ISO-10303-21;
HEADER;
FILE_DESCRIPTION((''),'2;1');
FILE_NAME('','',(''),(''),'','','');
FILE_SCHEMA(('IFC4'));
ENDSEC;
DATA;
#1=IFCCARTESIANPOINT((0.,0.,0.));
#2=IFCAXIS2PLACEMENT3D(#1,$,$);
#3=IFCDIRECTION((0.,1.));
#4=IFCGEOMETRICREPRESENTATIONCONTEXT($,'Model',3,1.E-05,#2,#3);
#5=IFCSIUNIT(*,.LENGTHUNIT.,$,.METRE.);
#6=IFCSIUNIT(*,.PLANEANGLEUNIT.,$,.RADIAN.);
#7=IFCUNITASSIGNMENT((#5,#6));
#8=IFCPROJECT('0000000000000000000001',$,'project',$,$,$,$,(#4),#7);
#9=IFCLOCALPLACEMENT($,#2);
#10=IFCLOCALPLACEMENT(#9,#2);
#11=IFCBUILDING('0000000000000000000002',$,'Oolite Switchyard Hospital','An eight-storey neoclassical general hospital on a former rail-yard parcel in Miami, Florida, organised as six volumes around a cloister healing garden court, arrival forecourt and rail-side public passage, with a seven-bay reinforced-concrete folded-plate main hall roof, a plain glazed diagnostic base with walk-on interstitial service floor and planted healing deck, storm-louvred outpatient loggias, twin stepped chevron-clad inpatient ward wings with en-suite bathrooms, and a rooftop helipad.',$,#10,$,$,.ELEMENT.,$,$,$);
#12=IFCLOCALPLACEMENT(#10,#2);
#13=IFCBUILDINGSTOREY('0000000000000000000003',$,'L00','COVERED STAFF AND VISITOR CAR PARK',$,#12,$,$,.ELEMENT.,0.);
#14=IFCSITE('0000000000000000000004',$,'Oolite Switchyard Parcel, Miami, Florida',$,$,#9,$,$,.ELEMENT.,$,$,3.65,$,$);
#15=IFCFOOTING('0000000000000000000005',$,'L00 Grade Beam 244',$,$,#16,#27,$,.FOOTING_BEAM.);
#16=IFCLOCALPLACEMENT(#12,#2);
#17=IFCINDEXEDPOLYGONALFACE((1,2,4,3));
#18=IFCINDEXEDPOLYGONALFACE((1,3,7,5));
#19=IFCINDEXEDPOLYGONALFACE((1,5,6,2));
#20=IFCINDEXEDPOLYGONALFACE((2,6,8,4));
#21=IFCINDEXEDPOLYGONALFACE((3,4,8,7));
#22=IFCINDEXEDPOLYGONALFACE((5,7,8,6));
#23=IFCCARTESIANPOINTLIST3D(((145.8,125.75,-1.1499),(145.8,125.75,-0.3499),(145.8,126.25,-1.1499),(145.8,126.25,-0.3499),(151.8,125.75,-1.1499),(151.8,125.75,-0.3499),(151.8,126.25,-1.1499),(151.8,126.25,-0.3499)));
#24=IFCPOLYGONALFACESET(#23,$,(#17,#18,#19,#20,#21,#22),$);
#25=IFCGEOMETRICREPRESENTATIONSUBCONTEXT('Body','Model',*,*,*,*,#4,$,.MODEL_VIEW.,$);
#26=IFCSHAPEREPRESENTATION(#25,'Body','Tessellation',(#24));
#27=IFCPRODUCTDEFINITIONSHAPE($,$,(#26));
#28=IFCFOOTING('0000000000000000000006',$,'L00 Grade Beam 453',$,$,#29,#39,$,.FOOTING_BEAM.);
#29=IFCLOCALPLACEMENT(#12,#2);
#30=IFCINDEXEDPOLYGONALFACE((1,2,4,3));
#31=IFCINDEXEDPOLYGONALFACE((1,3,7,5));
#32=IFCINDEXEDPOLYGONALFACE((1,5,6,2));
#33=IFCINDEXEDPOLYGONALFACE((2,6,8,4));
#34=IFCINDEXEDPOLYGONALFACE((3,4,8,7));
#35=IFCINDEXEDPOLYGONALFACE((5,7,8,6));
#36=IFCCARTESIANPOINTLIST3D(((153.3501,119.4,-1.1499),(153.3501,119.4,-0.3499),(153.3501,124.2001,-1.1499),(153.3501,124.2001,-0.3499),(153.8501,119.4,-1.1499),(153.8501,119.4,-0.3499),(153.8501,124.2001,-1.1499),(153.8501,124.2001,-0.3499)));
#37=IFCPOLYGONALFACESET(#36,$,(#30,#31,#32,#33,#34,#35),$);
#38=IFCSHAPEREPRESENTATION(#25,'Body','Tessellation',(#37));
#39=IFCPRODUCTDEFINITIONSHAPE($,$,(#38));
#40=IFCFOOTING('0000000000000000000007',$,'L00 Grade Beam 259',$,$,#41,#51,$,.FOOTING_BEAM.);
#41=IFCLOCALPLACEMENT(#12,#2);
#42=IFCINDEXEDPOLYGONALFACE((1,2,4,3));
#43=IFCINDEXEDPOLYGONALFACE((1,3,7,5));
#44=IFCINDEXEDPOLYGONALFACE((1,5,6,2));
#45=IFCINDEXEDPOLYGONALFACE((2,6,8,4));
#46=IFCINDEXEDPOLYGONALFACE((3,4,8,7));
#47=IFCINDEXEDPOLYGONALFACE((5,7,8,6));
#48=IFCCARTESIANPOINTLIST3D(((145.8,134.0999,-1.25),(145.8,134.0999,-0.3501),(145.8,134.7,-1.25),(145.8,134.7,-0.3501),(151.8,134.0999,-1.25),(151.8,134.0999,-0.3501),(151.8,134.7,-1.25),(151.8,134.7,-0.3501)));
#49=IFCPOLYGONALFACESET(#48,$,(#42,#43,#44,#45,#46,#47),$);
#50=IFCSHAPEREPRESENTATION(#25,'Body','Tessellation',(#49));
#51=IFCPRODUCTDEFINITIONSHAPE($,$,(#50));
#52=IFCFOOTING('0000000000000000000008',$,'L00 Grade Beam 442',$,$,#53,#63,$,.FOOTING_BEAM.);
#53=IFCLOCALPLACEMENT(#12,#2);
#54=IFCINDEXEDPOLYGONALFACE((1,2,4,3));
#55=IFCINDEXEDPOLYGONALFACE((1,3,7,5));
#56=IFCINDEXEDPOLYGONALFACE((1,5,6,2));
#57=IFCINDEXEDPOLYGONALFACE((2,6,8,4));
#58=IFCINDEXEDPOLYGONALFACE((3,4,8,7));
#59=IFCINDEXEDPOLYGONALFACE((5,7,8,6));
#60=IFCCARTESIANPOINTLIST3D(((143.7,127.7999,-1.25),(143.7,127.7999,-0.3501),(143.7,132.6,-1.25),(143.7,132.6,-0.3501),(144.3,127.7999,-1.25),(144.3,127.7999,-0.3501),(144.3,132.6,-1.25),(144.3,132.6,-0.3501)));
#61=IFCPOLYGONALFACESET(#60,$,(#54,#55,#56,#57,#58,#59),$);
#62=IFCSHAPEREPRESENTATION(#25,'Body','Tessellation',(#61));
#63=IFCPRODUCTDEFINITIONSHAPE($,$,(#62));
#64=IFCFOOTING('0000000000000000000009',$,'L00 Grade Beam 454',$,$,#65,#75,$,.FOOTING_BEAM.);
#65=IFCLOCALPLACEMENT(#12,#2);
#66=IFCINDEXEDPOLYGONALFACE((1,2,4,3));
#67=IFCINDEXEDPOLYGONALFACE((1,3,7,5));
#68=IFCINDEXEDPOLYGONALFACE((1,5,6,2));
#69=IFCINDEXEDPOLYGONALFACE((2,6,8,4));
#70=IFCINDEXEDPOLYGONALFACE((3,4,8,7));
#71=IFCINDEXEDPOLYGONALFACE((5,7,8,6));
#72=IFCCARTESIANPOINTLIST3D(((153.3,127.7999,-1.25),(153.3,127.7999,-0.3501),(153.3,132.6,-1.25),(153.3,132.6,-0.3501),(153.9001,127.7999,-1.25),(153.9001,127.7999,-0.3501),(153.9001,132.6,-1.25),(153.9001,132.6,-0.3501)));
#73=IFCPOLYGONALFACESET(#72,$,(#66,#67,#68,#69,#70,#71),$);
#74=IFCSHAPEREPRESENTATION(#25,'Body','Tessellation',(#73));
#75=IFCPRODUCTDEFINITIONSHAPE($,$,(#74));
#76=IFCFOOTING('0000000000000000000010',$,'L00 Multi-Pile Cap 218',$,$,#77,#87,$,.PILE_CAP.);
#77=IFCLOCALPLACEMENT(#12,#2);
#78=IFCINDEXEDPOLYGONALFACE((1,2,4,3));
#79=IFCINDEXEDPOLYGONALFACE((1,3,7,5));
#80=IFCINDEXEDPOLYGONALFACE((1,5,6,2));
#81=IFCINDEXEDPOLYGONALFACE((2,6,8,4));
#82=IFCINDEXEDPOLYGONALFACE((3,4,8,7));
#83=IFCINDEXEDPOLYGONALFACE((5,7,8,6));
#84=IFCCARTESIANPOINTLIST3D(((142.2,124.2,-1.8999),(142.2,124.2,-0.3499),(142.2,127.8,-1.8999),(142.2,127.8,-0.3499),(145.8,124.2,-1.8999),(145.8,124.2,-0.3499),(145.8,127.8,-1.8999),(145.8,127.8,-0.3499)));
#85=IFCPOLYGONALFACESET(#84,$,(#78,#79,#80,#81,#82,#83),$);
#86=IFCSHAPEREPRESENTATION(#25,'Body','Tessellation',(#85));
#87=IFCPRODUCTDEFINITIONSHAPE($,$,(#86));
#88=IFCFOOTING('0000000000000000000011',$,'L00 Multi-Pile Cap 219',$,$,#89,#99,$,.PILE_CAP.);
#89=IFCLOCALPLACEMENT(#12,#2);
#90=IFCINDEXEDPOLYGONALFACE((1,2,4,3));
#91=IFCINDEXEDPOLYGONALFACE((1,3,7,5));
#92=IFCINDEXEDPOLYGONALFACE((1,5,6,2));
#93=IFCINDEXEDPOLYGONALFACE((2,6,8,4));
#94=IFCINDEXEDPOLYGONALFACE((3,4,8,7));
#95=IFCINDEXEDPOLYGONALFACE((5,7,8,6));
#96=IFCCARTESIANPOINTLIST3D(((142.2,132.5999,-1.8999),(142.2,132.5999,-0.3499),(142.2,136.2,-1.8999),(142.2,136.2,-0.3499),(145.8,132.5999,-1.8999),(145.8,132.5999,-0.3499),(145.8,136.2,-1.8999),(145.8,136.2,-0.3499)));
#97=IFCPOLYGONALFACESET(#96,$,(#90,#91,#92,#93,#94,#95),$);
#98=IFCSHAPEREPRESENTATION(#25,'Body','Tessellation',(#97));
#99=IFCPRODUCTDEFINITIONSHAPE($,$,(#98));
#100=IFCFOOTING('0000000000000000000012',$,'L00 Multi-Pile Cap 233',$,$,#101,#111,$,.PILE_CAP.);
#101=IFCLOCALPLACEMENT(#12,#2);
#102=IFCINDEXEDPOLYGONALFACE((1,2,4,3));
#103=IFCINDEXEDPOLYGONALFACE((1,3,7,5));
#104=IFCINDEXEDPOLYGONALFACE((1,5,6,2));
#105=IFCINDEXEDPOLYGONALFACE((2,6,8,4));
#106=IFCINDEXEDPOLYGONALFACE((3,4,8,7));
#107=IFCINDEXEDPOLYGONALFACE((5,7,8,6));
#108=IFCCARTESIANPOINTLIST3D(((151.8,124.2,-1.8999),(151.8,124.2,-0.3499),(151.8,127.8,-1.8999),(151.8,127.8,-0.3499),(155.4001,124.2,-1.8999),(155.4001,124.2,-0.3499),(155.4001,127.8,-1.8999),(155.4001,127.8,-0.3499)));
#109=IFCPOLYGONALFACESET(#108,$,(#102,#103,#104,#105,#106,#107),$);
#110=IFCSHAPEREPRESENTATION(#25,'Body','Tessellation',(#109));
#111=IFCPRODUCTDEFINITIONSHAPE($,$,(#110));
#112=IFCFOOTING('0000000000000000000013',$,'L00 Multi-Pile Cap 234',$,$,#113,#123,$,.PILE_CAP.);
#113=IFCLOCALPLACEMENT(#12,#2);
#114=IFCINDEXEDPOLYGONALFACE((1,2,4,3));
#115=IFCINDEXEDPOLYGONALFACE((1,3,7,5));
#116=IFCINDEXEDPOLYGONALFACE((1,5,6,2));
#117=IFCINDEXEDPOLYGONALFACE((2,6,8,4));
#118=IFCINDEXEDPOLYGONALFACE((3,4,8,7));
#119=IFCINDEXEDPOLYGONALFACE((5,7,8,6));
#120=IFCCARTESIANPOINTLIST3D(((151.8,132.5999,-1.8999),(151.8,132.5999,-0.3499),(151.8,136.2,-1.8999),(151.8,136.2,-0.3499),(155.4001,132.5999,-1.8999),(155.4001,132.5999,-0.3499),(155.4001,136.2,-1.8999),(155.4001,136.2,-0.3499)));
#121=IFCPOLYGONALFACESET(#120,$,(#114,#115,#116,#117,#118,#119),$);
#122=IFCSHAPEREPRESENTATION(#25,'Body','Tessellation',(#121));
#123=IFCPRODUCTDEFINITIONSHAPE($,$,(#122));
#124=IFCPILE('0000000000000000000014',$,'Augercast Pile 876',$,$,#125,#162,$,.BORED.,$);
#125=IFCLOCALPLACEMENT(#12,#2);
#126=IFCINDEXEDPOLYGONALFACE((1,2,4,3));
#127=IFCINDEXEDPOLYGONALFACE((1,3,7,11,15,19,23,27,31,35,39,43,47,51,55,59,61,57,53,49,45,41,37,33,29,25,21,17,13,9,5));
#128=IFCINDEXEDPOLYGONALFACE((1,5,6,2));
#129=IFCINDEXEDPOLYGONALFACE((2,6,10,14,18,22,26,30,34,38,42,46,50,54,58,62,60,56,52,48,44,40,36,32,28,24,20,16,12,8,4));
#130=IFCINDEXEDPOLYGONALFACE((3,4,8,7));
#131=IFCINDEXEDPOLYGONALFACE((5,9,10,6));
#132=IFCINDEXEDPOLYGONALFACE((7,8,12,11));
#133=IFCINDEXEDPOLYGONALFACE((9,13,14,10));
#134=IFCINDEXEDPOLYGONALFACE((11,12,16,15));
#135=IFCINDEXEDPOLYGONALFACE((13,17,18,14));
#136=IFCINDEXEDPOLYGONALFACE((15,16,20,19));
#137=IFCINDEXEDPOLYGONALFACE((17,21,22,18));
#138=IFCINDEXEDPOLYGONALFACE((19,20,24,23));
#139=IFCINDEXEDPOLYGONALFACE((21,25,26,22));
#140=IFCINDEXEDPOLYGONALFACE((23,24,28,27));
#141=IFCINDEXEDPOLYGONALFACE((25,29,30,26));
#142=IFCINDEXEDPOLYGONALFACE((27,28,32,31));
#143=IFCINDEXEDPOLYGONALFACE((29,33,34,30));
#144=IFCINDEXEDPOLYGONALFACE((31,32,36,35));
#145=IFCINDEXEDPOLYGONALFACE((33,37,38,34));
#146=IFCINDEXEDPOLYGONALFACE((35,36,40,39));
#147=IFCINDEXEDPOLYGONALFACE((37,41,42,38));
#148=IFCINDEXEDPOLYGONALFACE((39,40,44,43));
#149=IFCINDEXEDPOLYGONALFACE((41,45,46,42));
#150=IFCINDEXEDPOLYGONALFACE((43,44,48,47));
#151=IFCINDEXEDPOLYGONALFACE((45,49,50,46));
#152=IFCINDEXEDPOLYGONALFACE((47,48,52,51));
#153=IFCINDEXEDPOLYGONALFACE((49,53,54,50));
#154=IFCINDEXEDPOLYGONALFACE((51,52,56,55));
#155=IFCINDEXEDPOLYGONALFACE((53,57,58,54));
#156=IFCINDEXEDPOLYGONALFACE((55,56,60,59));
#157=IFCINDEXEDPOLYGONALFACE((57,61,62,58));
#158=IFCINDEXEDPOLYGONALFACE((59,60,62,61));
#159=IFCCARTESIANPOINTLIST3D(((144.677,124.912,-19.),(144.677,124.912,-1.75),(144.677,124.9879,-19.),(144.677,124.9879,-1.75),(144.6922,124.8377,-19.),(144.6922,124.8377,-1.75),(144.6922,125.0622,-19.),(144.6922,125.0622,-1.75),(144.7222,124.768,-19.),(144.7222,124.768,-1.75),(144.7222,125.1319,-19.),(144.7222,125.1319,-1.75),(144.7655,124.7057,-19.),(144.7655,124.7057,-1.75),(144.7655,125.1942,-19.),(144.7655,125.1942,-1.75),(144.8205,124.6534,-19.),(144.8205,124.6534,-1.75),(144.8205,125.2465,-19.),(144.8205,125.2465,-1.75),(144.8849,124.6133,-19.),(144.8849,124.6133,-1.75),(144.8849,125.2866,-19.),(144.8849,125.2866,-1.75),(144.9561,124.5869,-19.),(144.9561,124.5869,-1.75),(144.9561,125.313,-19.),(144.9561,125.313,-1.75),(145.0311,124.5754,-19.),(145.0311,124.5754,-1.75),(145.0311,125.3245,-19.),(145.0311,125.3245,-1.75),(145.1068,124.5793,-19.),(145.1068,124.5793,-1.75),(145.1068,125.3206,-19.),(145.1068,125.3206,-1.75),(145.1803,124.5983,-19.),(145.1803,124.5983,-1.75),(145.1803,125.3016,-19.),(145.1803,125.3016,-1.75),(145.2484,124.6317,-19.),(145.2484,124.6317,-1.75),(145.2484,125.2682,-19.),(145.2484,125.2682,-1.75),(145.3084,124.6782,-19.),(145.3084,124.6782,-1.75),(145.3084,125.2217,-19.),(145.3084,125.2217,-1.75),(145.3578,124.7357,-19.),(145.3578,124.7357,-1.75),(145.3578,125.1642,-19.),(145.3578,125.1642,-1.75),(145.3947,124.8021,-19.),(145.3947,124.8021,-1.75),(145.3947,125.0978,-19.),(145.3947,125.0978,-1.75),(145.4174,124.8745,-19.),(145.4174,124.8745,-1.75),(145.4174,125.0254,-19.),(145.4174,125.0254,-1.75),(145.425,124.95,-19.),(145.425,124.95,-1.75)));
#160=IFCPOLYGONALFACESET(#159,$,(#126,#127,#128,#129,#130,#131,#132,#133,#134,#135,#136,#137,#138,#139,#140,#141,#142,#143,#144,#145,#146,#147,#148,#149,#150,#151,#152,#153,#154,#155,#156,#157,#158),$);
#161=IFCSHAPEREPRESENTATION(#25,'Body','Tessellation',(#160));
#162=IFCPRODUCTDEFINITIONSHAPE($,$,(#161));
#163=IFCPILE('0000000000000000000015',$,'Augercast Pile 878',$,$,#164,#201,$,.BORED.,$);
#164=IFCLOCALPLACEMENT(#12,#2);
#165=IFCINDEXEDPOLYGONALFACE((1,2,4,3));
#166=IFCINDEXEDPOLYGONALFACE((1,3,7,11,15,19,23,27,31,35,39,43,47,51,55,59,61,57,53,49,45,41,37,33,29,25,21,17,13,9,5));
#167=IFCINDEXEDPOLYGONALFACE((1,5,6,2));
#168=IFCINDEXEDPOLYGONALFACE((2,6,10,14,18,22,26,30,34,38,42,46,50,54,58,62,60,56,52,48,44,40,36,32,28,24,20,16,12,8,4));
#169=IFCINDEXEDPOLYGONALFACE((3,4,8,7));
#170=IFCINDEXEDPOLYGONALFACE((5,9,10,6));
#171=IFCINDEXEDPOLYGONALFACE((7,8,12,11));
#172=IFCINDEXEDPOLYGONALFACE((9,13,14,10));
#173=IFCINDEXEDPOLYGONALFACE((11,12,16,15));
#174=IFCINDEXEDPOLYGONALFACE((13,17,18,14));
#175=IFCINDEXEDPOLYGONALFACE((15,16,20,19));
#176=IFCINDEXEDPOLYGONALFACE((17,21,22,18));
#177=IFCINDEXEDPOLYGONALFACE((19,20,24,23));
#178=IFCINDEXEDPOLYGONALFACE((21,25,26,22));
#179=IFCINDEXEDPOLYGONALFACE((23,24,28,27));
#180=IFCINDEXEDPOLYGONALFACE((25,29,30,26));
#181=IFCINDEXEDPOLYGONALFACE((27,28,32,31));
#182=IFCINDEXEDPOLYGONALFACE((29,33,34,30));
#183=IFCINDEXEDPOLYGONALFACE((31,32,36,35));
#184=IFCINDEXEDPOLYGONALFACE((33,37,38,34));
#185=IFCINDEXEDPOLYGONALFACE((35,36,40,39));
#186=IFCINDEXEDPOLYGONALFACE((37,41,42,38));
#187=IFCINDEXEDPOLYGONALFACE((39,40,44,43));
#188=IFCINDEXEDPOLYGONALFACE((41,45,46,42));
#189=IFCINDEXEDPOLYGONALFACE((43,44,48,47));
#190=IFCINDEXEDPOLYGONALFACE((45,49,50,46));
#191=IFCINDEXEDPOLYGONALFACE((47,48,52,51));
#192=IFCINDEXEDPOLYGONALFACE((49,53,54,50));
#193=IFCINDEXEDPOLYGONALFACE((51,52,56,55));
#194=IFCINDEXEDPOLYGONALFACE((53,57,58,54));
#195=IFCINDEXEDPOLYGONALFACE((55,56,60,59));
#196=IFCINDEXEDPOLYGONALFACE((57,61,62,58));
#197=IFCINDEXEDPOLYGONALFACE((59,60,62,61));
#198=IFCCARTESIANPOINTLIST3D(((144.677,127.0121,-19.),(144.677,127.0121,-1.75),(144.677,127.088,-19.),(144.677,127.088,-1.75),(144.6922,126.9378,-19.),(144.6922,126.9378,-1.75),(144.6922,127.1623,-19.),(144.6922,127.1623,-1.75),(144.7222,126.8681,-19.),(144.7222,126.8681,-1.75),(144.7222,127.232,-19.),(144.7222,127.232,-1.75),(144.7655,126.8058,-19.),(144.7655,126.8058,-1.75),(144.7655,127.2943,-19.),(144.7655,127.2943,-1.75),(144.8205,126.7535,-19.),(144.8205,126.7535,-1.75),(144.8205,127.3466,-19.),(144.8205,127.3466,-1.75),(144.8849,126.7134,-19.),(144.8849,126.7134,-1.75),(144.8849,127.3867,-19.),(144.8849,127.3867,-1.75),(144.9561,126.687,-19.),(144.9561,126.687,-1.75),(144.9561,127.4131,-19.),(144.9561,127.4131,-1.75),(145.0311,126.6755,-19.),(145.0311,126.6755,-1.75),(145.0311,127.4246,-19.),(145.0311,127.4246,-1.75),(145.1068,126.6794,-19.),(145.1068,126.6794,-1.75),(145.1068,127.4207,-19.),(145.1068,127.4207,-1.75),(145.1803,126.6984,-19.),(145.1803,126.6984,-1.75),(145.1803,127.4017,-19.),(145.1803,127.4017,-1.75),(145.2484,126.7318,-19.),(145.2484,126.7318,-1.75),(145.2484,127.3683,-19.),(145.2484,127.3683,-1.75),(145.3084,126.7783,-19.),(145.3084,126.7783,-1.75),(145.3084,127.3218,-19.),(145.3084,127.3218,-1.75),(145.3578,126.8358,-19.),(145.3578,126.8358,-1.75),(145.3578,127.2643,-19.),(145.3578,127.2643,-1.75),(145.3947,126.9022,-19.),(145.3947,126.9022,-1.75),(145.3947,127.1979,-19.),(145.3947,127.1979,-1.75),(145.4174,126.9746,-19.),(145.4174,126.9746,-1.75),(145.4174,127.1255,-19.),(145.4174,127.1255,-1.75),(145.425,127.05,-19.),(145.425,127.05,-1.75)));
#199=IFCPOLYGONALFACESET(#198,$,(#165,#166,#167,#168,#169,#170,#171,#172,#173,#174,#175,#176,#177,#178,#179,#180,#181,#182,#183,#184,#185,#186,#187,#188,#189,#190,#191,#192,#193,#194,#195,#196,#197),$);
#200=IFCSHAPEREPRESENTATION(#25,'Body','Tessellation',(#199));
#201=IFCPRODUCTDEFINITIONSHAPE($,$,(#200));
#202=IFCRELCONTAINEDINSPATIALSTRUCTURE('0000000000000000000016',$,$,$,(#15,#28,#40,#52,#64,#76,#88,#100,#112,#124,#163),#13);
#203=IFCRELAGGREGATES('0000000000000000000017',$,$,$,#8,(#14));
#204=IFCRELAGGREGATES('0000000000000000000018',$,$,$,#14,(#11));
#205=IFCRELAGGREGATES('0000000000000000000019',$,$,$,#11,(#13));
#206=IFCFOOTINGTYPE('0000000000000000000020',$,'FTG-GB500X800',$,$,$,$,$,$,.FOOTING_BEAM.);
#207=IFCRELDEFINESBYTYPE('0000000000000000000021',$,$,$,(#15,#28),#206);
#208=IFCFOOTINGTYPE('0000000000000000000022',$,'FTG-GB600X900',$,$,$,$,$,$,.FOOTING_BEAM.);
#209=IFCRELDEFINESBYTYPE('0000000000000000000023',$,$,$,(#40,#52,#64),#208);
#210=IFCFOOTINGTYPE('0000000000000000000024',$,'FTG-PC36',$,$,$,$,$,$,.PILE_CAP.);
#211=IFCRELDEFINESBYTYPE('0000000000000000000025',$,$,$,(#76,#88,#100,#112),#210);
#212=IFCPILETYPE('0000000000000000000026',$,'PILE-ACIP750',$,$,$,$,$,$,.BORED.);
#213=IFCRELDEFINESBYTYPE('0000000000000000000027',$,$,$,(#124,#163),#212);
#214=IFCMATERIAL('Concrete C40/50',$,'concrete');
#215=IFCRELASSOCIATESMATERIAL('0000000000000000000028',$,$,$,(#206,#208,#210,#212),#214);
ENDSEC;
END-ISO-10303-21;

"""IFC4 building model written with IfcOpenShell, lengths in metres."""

from ifc_helpers import new_model, si_unit, direction, frame, origin, origin_2d, place, context, subcontext, project, spatial, rectangle, circle, extrude, material, material_profile, profile_set, type_object, element, save


model = new_model("IFC4")

# Units and contexts
model_context = context("Model", 3, precision=1e-05, world=origin(), true_north=direction((0.0, 1.0)))
body_context = subcontext(model_context, "Body", "Model", "MODEL_VIEW")
ifc_project = project(units=[si_unit("LENGTHUNIT", "METRE"), si_unit("PLANEANGLEUNIT", "RADIAN")], contexts=[model_context])

# Site, building, storey
site_placement = place(None, origin())
site = spatial("IfcSite", under=ifc_project, at=site_placement, Name="Oolite Switchyard Parcel, Miami, Florida", CompositionType="ELEMENT", RefElevation=3.65)
building_placement = place(site_placement, origin())
building = spatial("IfcBuilding", under=site, at=building_placement, Name="Oolite Switchyard Hospital", Description="An eight-storey neoclassical general hospital on a former rail-yard parcel in Miami, Florida, organised as six volumes around a cloister healing garden court, arrival forecourt and rail-side public passage, with a seven-bay reinforced-concrete folded-plate main hall roof, a plain glazed diagnostic base with walk-on interstitial service floor and planted healing deck, storm-louvred outpatient loggias, twin stepped chevron-clad inpatient ward wings with en-suite bathrooms, and a rooftop helipad.", CompositionType="ELEMENT")
storey_placement = place(building_placement, origin())
storey = spatial("IfcBuildingStorey", under=building, at=storey_placement, Name="L00", Description="COVERED STAFF AND VISITOR CAR PARK", CompositionType="ELEMENT", Elevation=0.0)

# Footings
ifc_material_1 = material(Name="Concrete C40/50", Category="concrete")
footing_type_1 = type_object("IfcFootingType", Name="FTG-GB500X800", PredefinedType="FOOTING_BEAM", material=ifc_material_1)
footing_1_placement = place(storey_placement, frame((148.8, 126.0, -1.1499), z_axis=(0.0, 0.0, 1.0), x_axis=(1.0, 0.0, 0.0)))
element("IfcFooting", 1, at=footing_1_placement, inside=storey, type_object=footing_type_1, Name="L00 Grade Beam 244", PredefinedType="FOOTING_BEAM", context=body_context, shape_type="SweptSolid", body=[
    extrude(rectangle(XDim=6.0, YDim=0.5, at=origin_2d()), origin(), (0.0, 0.0, 1.0), 0.8),
])
footing_2_placement = place(storey_placement, frame((153.6001, 121.8, -1.1499), z_axis=(0.0, 0.0, 1.0), x_axis=(0.0, 1.0, 0.0)))
element("IfcFooting", 2, at=footing_2_placement, inside=storey, type_object=footing_type_1, Name="L00 Grade Beam 453", PredefinedType="FOOTING_BEAM", context=body_context, shape_type="SweptSolid", body=[
    extrude(rectangle(XDim=4.8, YDim=0.5, at=origin_2d()), origin(), (0.0, 0.0, 1.0), 0.8),
])
footing_type_2 = type_object("IfcFootingType", Name="FTG-GB600X900", PredefinedType="FOOTING_BEAM", material=ifc_material_1)
footing_3_placement = place(storey_placement, frame((148.8, 134.3999, -1.25), z_axis=(0.0, 0.0, 1.0), x_axis=(1.0, 0.0, 0.0)))
element("IfcFooting", 3, at=footing_3_placement, inside=storey, type_object=footing_type_2, Name="L00 Grade Beam 259", PredefinedType="FOOTING_BEAM", context=body_context, shape_type="SweptSolid", body=[
    extrude(rectangle(XDim=6.0, YDim=0.6001, at=origin_2d()), origin(), (0.0, 0.0, 1.0), 0.8999),
])
for number, where, z_axis, x_axis, name in (
    (4, (144.0, 130.2, -1.25), (0.0, 0.0, 1.0), (0.0, 1.0, 0.0), "L00 Grade Beam 442"),
    (5, (153.6001, 130.2, -1.25), (0.0, 0.0, 1.0), (0.0, 1.0, 0.0), "L00 Grade Beam 454"),
):
    element("IfcFooting", number, at=place(storey_placement, frame(where, z_axis=z_axis, x_axis=x_axis)), inside=storey, type_object=footing_type_2, Name=name, PredefinedType="FOOTING_BEAM", context=body_context, shape_type="SweptSolid", body=[
        extrude(rectangle(XDim=4.8, YDim=0.6001, at=origin_2d()), origin(), (0.0, 0.0, 1.0), 0.8999),
    ])
footing_type_3 = type_object("IfcFootingType", Name="FTG-PC36", PredefinedType="PILE_CAP", material=ifc_material_1)
for number, where, z_axis, x_axis, name in (
    (6, (144.0, 126.0, -1.8999), (0.0, 0.0, 1.0), (1.0, 0.0, 0.0), "L00 Multi-Pile Cap 218"),
    (7, (144.0, 134.3999, -1.8999), (0.0, 0.0, 1.0), (1.0, 0.0, 0.0), "L00 Multi-Pile Cap 219"),
    (8, (153.6001, 126.0, -1.8999), (0.0, 0.0, 1.0), (1.0, 0.0, 0.0), "L00 Multi-Pile Cap 233"),
    (9, (153.6001, 134.3999, -1.8999), (0.0, 0.0, 1.0), (1.0, 0.0, 0.0), "L00 Multi-Pile Cap 234"),
):
    element("IfcFooting", number, at=place(storey_placement, frame(where, z_axis=z_axis, x_axis=x_axis)), inside=storey, type_object=footing_type_3, Name=name, PredefinedType="PILE_CAP", context=body_context, shape_type="SweptSolid", body=[
        extrude(rectangle(XDim=3.6001, YDim=3.6001, at=origin_2d()), origin(), (0.0, 0.0, 1.0), 1.55),
    ])

# Piles
ifc_material_profile_1 = material_profile(ifc_material_1, circle(Radius=0.375, at=origin_2d()), Name="PILE750")
ifc_profile_set_1 = profile_set([ifc_material_profile_1], Name="Concrete C40/50")
pile_type = type_object("IfcPileType", Name="PILE-ACIP750", PredefinedType="BORED", material=ifc_profile_set_1)
for number, where, z_axis, x_axis, name in (
    (10, (145.05, 124.95, -1.75), (0.0, 0.0, -1.0), (1.0, 0.0, 0.0), "Augercast Pile 876"),
    (11, (145.05, 127.05, -1.75), (0.0, 0.0, -1.0), (1.0, 0.0, 0.0), "Augercast Pile 878"),
):
    element("IfcPile", number, at=place(storey_placement, frame(where, z_axis=z_axis, x_axis=x_axis)), inside=storey, type_object=pile_type, Name=name, PredefinedType="BORED", context=body_context, shape_type="SweptSolid", body=[
        extrude(circle(Radius=0.375, at=origin_2d()), origin(), (0.0, 0.0, 1.0), 17.25),
    ])

save(model, "model.ifc")
